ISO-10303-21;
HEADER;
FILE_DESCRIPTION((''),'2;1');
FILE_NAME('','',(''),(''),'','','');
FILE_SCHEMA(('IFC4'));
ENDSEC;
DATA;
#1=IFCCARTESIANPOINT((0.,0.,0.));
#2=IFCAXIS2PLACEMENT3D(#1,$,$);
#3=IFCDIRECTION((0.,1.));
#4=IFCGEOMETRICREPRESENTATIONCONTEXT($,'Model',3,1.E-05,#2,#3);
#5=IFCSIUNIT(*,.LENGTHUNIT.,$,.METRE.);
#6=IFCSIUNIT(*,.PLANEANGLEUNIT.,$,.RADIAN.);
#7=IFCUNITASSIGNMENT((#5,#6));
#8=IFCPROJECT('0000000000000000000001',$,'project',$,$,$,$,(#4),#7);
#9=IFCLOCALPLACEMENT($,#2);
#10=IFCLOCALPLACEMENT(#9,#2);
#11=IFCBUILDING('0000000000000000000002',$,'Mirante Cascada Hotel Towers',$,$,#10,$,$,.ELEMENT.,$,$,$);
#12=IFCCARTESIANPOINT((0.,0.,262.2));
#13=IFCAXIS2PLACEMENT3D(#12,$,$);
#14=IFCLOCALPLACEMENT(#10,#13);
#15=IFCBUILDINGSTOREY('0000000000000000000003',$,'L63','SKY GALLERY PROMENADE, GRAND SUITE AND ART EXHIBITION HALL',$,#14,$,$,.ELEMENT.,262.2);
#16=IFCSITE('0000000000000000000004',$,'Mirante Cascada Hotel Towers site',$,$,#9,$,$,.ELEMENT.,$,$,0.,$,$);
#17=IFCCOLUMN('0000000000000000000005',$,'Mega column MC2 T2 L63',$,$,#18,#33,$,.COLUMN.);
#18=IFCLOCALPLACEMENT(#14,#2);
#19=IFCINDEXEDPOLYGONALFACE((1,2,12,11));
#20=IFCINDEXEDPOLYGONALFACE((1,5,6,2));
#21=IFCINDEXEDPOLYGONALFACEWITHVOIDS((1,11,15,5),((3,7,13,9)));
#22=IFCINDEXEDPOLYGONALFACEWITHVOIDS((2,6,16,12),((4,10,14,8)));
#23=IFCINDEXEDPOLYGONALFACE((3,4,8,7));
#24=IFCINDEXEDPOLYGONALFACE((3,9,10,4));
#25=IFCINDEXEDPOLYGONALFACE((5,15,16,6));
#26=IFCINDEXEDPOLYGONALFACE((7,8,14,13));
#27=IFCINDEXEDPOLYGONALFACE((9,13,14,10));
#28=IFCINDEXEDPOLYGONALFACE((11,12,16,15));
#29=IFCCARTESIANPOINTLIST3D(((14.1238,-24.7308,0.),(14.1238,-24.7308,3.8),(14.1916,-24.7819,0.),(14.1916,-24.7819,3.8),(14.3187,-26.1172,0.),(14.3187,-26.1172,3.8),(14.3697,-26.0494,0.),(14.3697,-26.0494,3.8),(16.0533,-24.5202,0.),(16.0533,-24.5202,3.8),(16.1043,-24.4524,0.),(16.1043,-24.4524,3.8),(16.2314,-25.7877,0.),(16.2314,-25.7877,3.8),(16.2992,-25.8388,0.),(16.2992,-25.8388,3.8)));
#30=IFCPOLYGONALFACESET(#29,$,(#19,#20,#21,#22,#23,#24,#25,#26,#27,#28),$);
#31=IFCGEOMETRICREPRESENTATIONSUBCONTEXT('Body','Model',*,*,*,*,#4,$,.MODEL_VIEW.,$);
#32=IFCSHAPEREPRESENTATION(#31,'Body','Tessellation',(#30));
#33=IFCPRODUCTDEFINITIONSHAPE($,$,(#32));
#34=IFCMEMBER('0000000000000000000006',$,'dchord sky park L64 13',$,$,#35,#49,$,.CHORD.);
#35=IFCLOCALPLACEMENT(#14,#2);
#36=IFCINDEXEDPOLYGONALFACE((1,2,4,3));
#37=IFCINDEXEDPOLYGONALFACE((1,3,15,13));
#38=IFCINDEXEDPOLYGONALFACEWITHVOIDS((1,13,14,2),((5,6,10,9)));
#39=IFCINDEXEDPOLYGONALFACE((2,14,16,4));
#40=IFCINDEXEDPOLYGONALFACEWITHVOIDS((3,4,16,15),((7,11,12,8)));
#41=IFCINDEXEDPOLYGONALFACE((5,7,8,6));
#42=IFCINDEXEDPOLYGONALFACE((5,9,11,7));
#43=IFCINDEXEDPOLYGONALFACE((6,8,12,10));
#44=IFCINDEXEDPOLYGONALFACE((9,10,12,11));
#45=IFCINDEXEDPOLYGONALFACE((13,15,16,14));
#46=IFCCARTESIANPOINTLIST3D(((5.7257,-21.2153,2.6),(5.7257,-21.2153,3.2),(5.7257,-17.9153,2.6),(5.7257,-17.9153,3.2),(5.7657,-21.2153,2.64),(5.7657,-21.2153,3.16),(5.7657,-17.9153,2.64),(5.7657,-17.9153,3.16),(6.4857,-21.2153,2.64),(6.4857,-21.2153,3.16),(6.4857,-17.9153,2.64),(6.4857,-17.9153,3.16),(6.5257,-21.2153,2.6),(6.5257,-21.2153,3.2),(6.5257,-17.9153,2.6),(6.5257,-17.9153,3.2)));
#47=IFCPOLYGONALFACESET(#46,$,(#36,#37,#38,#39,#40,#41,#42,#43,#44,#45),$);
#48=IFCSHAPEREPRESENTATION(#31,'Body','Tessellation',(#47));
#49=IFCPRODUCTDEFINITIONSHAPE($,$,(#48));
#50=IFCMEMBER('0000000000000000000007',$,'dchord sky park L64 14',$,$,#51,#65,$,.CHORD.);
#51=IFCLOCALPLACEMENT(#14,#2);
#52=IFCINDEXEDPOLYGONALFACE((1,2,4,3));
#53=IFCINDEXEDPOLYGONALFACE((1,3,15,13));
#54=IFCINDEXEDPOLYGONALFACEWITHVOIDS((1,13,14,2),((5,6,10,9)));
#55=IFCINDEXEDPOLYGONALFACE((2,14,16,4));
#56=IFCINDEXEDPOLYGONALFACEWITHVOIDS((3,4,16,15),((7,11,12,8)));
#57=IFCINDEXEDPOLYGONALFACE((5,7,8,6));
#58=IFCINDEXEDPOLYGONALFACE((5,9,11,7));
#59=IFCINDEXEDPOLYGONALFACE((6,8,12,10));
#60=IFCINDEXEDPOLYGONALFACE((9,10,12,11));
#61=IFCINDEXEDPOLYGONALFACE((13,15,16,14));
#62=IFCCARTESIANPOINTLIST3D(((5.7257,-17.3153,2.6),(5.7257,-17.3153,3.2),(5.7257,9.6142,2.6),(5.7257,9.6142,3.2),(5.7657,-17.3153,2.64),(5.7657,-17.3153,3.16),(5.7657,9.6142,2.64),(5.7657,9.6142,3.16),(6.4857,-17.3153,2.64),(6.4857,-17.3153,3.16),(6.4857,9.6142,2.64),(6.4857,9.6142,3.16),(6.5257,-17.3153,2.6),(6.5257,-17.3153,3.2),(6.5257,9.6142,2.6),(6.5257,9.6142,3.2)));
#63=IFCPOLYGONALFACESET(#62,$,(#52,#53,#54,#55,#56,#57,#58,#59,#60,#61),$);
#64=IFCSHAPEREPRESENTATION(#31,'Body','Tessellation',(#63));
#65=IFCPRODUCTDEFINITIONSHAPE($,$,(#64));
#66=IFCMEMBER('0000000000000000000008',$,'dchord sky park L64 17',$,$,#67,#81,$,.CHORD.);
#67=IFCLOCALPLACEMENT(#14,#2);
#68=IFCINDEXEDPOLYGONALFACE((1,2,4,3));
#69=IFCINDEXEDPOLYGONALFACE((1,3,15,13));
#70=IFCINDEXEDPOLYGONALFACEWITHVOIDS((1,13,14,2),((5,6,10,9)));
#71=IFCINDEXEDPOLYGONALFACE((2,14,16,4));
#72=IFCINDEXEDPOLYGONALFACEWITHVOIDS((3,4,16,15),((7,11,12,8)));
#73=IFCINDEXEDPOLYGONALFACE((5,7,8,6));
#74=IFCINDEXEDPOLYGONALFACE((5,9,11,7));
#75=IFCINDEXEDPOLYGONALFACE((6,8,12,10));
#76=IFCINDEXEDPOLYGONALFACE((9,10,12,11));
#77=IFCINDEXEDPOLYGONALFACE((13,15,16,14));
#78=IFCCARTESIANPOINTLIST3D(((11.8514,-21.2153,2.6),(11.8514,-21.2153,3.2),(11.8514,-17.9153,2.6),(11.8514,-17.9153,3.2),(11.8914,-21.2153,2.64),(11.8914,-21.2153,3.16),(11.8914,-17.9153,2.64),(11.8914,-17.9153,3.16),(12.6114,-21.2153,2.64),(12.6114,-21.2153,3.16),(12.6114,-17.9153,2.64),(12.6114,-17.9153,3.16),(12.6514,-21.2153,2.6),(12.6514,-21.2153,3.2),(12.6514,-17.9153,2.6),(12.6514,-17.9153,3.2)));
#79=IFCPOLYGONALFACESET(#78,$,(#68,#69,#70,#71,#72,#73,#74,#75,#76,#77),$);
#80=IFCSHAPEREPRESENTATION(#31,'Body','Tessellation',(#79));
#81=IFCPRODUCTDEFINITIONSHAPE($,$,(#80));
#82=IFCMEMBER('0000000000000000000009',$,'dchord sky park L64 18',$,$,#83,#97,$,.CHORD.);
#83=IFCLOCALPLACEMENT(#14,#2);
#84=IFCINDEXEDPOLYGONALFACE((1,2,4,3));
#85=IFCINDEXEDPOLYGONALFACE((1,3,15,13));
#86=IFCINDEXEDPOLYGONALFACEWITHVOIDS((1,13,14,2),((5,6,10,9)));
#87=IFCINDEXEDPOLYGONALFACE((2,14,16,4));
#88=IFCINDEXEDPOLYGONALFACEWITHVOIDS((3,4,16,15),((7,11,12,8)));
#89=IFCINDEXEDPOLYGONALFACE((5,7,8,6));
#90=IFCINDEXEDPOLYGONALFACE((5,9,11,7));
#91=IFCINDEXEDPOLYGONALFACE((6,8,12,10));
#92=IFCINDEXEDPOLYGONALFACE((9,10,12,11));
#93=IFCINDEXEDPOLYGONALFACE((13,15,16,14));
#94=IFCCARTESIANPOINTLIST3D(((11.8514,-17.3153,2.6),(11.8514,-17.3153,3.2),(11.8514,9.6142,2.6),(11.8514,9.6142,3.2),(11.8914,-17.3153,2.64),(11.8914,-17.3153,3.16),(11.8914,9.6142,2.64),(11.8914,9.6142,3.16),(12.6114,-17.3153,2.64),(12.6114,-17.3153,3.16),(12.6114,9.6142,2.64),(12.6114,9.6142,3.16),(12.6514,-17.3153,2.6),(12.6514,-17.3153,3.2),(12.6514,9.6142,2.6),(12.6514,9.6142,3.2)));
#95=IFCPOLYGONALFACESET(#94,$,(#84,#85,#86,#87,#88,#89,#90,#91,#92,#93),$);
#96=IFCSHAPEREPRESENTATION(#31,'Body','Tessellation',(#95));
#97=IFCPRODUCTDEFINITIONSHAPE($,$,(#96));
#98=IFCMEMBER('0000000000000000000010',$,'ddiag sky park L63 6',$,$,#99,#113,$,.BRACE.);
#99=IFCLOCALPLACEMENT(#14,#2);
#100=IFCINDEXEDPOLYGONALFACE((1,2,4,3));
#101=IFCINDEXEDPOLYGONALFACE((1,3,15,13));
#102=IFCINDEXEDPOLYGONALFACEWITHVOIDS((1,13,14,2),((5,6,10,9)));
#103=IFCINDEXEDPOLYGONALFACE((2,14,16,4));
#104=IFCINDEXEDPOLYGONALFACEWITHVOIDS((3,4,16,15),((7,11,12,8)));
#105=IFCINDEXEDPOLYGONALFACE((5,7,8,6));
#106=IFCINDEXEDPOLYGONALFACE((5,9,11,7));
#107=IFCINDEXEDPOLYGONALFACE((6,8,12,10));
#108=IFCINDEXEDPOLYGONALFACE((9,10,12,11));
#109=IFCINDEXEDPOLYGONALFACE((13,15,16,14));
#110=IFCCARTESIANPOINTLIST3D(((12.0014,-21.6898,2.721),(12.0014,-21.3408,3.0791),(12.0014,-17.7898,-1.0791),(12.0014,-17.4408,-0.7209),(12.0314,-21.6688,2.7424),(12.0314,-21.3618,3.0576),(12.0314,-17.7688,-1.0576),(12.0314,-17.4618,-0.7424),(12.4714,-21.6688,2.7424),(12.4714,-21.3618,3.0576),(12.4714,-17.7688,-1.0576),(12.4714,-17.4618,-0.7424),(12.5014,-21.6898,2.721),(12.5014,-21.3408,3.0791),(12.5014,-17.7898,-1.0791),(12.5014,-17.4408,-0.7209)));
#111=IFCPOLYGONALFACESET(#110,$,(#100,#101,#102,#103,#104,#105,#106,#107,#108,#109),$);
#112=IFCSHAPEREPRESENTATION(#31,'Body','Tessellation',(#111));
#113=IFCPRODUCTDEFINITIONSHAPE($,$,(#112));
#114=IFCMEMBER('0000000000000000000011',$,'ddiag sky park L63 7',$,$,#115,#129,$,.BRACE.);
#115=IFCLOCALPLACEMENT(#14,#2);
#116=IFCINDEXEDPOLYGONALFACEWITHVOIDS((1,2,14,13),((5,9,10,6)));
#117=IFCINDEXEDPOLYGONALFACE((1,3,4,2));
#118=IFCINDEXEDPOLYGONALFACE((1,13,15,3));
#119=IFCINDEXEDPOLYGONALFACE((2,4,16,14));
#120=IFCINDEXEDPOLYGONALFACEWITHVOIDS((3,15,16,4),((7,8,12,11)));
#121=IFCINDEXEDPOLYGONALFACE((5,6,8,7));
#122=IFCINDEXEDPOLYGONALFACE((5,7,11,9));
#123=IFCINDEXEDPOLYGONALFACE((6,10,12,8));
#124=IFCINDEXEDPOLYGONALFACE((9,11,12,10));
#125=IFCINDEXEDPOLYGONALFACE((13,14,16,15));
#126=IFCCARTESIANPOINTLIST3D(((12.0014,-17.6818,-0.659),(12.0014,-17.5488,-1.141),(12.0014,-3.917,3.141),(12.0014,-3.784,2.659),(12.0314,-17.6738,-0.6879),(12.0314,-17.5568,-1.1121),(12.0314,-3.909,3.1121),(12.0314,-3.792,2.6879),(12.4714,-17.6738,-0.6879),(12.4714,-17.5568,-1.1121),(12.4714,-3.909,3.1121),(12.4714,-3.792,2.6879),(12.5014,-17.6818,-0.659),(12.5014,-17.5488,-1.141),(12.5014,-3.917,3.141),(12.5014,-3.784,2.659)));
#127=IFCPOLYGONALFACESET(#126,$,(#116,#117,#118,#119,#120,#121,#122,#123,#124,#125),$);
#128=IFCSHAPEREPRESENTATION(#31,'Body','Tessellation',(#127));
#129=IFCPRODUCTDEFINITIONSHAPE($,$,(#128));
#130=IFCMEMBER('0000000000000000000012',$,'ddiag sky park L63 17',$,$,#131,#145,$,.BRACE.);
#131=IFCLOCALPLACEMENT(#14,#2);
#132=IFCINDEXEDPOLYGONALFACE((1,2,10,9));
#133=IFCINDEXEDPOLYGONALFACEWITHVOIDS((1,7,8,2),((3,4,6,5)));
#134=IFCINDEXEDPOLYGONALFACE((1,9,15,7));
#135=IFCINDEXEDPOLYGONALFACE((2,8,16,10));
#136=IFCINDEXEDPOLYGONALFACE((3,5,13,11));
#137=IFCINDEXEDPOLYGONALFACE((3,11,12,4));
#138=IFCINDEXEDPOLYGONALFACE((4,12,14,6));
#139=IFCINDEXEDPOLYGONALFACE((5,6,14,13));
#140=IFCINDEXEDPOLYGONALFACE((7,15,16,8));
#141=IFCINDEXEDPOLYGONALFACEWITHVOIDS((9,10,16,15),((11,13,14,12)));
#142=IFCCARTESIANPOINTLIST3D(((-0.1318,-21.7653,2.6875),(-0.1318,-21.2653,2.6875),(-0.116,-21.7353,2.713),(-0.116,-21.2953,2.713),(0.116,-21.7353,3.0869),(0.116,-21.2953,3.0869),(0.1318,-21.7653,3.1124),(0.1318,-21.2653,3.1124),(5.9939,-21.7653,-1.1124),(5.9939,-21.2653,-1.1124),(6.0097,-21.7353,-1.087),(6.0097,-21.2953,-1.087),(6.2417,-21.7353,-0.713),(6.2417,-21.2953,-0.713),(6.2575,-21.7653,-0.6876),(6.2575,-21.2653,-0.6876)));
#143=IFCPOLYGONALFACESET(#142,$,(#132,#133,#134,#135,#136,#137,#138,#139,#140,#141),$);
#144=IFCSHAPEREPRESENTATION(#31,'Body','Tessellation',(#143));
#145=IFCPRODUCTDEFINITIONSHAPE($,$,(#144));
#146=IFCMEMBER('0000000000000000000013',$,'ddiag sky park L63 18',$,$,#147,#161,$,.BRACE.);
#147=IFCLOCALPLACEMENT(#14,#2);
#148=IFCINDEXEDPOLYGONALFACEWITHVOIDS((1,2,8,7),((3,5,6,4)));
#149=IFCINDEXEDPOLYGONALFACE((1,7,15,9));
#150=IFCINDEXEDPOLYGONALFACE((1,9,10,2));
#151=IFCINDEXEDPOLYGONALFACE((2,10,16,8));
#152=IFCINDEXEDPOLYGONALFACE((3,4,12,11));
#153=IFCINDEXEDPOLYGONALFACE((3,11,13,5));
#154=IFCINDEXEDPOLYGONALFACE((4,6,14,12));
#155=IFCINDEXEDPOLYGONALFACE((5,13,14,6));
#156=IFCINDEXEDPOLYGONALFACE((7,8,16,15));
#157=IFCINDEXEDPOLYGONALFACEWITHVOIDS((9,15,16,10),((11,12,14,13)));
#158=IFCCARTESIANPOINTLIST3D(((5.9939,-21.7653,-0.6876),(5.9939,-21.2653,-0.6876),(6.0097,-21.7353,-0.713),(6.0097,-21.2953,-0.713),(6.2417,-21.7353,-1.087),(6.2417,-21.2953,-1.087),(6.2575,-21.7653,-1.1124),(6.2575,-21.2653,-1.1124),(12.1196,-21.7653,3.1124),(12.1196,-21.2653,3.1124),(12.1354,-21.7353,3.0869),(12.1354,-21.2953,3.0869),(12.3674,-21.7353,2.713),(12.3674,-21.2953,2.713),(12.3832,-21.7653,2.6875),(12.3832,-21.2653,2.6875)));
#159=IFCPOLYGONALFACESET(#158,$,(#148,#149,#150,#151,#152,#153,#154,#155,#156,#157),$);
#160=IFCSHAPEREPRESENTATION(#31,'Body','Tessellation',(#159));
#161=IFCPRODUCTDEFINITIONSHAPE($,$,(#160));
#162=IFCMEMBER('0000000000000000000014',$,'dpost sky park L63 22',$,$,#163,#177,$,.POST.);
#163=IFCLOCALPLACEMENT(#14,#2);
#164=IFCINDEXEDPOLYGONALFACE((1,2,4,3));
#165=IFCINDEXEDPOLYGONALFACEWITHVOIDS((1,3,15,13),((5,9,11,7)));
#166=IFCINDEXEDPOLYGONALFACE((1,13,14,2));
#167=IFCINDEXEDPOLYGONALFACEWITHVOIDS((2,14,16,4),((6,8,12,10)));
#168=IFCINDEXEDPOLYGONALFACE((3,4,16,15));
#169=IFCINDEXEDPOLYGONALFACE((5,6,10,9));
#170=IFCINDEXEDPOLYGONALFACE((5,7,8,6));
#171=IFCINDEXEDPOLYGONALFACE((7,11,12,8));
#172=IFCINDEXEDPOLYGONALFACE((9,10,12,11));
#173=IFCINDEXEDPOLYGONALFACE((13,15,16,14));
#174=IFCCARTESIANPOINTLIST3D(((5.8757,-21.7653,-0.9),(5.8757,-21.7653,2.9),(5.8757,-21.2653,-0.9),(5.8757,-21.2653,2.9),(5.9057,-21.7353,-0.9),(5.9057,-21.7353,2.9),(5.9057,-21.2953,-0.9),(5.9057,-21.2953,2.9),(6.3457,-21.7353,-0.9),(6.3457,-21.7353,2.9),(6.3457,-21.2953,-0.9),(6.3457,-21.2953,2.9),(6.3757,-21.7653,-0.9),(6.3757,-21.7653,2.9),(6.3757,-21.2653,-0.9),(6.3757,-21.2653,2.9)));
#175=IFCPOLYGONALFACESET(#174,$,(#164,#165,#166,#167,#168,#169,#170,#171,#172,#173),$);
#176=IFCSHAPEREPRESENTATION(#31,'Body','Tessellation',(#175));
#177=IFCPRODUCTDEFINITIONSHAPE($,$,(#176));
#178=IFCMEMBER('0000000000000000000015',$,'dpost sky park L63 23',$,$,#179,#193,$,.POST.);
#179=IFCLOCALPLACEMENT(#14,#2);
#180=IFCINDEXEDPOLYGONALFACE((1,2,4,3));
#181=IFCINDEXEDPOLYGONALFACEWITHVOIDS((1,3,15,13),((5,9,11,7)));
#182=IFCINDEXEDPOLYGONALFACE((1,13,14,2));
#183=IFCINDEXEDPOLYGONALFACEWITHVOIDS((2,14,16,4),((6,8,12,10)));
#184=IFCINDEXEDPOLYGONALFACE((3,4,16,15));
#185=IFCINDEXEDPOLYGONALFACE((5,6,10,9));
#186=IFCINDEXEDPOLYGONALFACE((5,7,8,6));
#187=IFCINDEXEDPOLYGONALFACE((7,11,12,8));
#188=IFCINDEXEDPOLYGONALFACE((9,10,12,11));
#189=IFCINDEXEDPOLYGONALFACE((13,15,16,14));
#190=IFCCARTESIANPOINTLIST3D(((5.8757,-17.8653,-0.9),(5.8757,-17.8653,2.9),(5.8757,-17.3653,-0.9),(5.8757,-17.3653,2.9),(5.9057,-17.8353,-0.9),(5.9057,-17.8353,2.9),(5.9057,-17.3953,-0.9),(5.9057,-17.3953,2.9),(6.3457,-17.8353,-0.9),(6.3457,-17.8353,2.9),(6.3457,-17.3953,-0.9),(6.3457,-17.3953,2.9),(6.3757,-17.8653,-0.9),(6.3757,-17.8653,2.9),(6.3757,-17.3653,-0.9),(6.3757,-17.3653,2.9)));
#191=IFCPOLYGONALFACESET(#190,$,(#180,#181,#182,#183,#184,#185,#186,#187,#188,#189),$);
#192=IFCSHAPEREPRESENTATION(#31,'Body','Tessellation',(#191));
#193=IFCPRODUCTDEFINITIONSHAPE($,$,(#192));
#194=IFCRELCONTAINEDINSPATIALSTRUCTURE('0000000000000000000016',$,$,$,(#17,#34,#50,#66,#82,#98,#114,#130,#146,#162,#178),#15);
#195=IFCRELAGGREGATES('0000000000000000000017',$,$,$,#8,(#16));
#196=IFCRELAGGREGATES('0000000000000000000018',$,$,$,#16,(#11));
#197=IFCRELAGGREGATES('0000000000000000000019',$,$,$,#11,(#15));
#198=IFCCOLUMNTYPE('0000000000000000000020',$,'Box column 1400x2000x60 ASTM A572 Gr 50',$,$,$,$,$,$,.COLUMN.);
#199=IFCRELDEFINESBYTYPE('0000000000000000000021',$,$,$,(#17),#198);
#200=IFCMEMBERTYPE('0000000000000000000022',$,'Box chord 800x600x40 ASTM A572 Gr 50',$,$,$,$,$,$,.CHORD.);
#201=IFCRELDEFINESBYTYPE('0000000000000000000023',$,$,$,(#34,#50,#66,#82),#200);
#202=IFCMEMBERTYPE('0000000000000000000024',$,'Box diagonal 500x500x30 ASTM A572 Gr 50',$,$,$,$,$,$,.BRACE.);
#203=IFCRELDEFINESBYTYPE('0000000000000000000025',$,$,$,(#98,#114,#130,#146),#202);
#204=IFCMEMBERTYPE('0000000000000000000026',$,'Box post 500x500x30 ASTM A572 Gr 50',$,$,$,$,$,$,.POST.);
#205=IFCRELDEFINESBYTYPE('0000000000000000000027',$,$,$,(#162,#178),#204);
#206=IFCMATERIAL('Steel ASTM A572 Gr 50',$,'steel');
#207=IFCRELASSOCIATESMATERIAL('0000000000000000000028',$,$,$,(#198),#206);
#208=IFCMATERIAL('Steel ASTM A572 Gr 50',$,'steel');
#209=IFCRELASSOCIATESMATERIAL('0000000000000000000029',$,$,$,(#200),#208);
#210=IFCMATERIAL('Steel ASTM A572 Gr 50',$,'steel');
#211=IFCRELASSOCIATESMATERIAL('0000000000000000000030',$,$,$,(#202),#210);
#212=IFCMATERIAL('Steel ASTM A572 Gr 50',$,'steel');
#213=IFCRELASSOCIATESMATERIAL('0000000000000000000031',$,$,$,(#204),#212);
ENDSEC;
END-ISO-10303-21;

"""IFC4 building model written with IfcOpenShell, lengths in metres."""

from ifc_helpers import new_model, si_unit, direction, frame, origin, origin_2d, place, context, subcontext, project, spatial, hollow_rectangle, extrude, material, material_profile, profile_set, type_object, element, save


model = new_model("IFC4")

# Units and contexts
model_context = context("Model", 3, precision=1e-05, world=origin(), true_north=direction((0.0, 1.0)))
body_context = subcontext(model_context, "Body", "Model", "MODEL_VIEW")
ifc_project = project(units=[si_unit("LENGTHUNIT", "METRE"), si_unit("PLANEANGLEUNIT", "RADIAN")], contexts=[model_context])

# Site, building, storey
site_placement = place(None, origin())
site = spatial("IfcSite", under=ifc_project, at=site_placement, Name="Mirante Cascada Hotel Towers site", CompositionType="ELEMENT", RefElevation=0.0)
building_placement = place(site_placement, origin())
building = spatial("IfcBuilding", under=site, at=building_placement, Name="Mirante Cascada Hotel Towers", CompositionType="ELEMENT")
storey_placement = place(building_placement, frame((0.0, 0.0, 262.2)))
storey = spatial("IfcBuildingStorey", under=building, at=storey_placement, Name="L63", Description="SKY GALLERY PROMENADE, GRAND SUITE AND ART EXHIBITION HALL", CompositionType="ELEMENT", Elevation=262.2)

# Column
ifc_material_1 = material(Name="Steel ASTM A572 Gr 50", Category="steel")
ifc_material_profile_1 = material_profile(ifc_material_1, hollow_rectangle(XDim=2.0, YDim=1.4, WallThickness=0.06, at=origin_2d()), Name="Box column 1400x2000x60 ASTM A572 Gr 50")
ifc_profile_set_1 = profile_set([ifc_material_profile_1], Name="Steel ASTM A572 Gr 50")
column_type = type_object("IfcColumnType", Name="Box column 1400x2000x60 ASTM A572 Gr 50", PredefinedType="COLUMN", material=ifc_profile_set_1)
column_placement = place(storey_placement, frame((15.2115, -25.2848, 0.0), z_axis=(0.0, 0.0, 1.0), x_axis=(0.990268, 0.139173, 0.0)))
element("IfcColumn", 1, at=column_placement, inside=storey, type_object=column_type, Name="Mega column MC2 T2 L63", PredefinedType="COLUMN", context=body_context, shape_type="SweptSolid", body=[
    extrude(hollow_rectangle(XDim=2.0, YDim=1.4, WallThickness=0.06, at=origin_2d()), origin(), (0.0, 0.0, 1.0), 3.8),
])

# Members
ifc_material_2 = material(Name="Steel ASTM A572 Gr 50", Category="steel")
ifc_material_profile_2 = material_profile(ifc_material_2, hollow_rectangle(XDim=0.6, YDim=0.8, WallThickness=0.04, at=origin_2d()), Name="Box chord 800x600x40 ASTM A572 Gr 50")
ifc_profile_set_2 = profile_set([ifc_material_profile_2], Name="Steel ASTM A572 Gr 50")
member_type_1 = type_object("IfcMemberType", Name="Box chord 800x600x40 ASTM A572 Gr 50", PredefinedType="CHORD", material=ifc_profile_set_2)
member_1_placement = place(storey_placement, frame((6.1257, -21.2153, 2.9), z_axis=(0.0, 1.0, 0.0), x_axis=(0.0, 0.0, 1.0)))
element("IfcMember", 2, at=member_1_placement, inside=storey, type_object=member_type_1, Name="dchord sky park L64 13", PredefinedType="CHORD", context=body_context, shape_type="SweptSolid", body=[
    extrude(hollow_rectangle(XDim=0.6, YDim=0.8, WallThickness=0.04, at=origin_2d()), origin(), (0.0, 0.0, 1.0), 3.3),
])
member_2_placement = place(storey_placement, frame((6.1257, -17.3153, 2.9), z_axis=(0.0, 1.0, 0.0), x_axis=(0.0, 0.0, 1.0)))
element("IfcMember", 3, at=member_2_placement, inside=storey, type_object=member_type_1, Name="dchord sky park L64 14", PredefinedType="CHORD", context=body_context, shape_type="SweptSolid", body=[
    extrude(hollow_rectangle(XDim=0.6, YDim=0.8, WallThickness=0.04, at=origin_2d()), origin(), (0.0, 0.0, 1.0), 26.9295),
])
member_3_placement = place(storey_placement, frame((12.2514, -21.2153, 2.9), z_axis=(0.0, 1.0, 0.0), x_axis=(0.0, 0.0, 1.0)))
element("IfcMember", 4, at=member_3_placement, inside=storey, type_object=member_type_1, Name="dchord sky park L64 17", PredefinedType="CHORD", context=body_context, shape_type="SweptSolid", body=[
    extrude(hollow_rectangle(XDim=0.6, YDim=0.8, WallThickness=0.04, at=origin_2d()), origin(), (0.0, 0.0, 1.0), 3.3),
])
member_4_placement = place(storey_placement, frame((12.2514, -17.3153, 2.9), z_axis=(0.0, 1.0, 0.0), x_axis=(0.0, 0.0, 1.0)))
element("IfcMember", 5, at=member_4_placement, inside=storey, type_object=member_type_1, Name="dchord sky park L64 18", PredefinedType="CHORD", context=body_context, shape_type="SweptSolid", body=[
    extrude(hollow_rectangle(XDim=0.6, YDim=0.8, WallThickness=0.04, at=origin_2d()), origin(), (0.0, 0.0, 1.0), 26.9295),
])
ifc_material_3 = material(Name="Steel ASTM A572 Gr 50", Category="steel")
ifc_material_profile_3 = material_profile(ifc_material_3, hollow_rectangle(XDim=0.5, YDim=0.5, WallThickness=0.03, at=origin_2d()), Name="Box diagonal 500x500x30 ASTM A572 Gr 50")
ifc_profile_set_3 = profile_set([ifc_material_profile_3], Name="Steel ASTM A572 Gr 50")
member_type_2 = type_object("IfcMemberType", Name="Box diagonal 500x500x30 ASTM A572 Gr 50", PredefinedType="BRACE", material=ifc_profile_set_3)
member_5_placement = place(storey_placement, frame((12.2514, -17.6153, -0.9), z_axis=(0.0, -0.71623, 0.697865), x_axis=(1.0, 0.0, 0.0)))
element("IfcMember", 6, at=member_5_placement, inside=storey, type_object=member_type_2, Name="ddiag sky park L63 6", PredefinedType="BRACE", context=body_context, shape_type="SweptSolid", body=[
    extrude(hollow_rectangle(XDim=0.5, YDim=0.5, WallThickness=0.03, at=origin_2d()), origin(), (0.0, 0.0, 1.0), 5.4452),
])
member_6_placement = place(storey_placement, frame((12.2514, -17.6153, -0.9), z_axis=(0.0, 0.963942, 0.266112), x_axis=(-1.0, 0.0, 0.0)))
element("IfcMember", 7, at=member_6_placement, inside=storey, type_object=member_type_2, Name="ddiag sky park L63 7", PredefinedType="BRACE", context=body_context, shape_type="SweptSolid", body=[
    extrude(hollow_rectangle(XDim=0.5, YDim=0.5, WallThickness=0.03, at=origin_2d()), origin(), (0.0, 0.0, 1.0), 14.2797),
])
for number, where, z_axis, x_axis, name in (
    (8, (6.1257, -21.5153, -0.9), (-0.849774, 0.0, 0.527147), (0.0, -1.0, 0.0), "ddiag sky park L63 17"),
    (9, (6.1257, -21.5153, -0.9), (0.849774, 0.0, 0.527147), (0.0, 1.0, 0.0), "ddiag sky park L63 18"),
):
    element("IfcMember", number, at=place(storey_placement, frame(where, z_axis=z_axis, x_axis=x_axis)), inside=storey, type_object=member_type_2, Name=name, PredefinedType="BRACE", context=body_context, shape_type="SweptSolid", body=[
        extrude(hollow_rectangle(XDim=0.5, YDim=0.5, WallThickness=0.03, at=origin_2d()), origin(), (0.0, 0.0, 1.0), 7.2086),
    ])
ifc_material_4 = material(Name="Steel ASTM A572 Gr 50", Category="steel")
ifc_material_profile_4 = material_profile(ifc_material_4, hollow_rectangle(XDim=0.5, YDim=0.5, WallThickness=0.03, at=origin_2d()), Name="Box post 500x500x30 ASTM A572 Gr 50")
ifc_profile_set_4 = profile_set([ifc_material_profile_4], Name="Steel ASTM A572 Gr 50")
member_type_3 = type_object("IfcMemberType", Name="Box post 500x500x30 ASTM A572 Gr 50", PredefinedType="POST", material=ifc_profile_set_4)
for number, where, z_axis, x_axis, name in (
    (10, (6.1257, -21.5153, -0.9), (0.0, 0.0, 1.0), (1.0, 0.0, 0.0), "dpost sky park L63 22"),
    (11, (6.1257, -17.6153, -0.9), (0.0, 0.0, 1.0), (1.0, 0.0, 0.0), "dpost sky park L63 23"),
):
    element("IfcMember", number, at=place(storey_placement, frame(where, z_axis=z_axis, x_axis=x_axis)), inside=storey, type_object=member_type_3, Name=name, PredefinedType="POST", context=body_context, shape_type="SweptSolid", body=[
        extrude(hollow_rectangle(XDim=0.5, YDim=0.5, WallThickness=0.03, at=origin_2d()), origin(), (0.0, 0.0, 1.0), 3.8),
    ])

save(model, "model.ifc")
